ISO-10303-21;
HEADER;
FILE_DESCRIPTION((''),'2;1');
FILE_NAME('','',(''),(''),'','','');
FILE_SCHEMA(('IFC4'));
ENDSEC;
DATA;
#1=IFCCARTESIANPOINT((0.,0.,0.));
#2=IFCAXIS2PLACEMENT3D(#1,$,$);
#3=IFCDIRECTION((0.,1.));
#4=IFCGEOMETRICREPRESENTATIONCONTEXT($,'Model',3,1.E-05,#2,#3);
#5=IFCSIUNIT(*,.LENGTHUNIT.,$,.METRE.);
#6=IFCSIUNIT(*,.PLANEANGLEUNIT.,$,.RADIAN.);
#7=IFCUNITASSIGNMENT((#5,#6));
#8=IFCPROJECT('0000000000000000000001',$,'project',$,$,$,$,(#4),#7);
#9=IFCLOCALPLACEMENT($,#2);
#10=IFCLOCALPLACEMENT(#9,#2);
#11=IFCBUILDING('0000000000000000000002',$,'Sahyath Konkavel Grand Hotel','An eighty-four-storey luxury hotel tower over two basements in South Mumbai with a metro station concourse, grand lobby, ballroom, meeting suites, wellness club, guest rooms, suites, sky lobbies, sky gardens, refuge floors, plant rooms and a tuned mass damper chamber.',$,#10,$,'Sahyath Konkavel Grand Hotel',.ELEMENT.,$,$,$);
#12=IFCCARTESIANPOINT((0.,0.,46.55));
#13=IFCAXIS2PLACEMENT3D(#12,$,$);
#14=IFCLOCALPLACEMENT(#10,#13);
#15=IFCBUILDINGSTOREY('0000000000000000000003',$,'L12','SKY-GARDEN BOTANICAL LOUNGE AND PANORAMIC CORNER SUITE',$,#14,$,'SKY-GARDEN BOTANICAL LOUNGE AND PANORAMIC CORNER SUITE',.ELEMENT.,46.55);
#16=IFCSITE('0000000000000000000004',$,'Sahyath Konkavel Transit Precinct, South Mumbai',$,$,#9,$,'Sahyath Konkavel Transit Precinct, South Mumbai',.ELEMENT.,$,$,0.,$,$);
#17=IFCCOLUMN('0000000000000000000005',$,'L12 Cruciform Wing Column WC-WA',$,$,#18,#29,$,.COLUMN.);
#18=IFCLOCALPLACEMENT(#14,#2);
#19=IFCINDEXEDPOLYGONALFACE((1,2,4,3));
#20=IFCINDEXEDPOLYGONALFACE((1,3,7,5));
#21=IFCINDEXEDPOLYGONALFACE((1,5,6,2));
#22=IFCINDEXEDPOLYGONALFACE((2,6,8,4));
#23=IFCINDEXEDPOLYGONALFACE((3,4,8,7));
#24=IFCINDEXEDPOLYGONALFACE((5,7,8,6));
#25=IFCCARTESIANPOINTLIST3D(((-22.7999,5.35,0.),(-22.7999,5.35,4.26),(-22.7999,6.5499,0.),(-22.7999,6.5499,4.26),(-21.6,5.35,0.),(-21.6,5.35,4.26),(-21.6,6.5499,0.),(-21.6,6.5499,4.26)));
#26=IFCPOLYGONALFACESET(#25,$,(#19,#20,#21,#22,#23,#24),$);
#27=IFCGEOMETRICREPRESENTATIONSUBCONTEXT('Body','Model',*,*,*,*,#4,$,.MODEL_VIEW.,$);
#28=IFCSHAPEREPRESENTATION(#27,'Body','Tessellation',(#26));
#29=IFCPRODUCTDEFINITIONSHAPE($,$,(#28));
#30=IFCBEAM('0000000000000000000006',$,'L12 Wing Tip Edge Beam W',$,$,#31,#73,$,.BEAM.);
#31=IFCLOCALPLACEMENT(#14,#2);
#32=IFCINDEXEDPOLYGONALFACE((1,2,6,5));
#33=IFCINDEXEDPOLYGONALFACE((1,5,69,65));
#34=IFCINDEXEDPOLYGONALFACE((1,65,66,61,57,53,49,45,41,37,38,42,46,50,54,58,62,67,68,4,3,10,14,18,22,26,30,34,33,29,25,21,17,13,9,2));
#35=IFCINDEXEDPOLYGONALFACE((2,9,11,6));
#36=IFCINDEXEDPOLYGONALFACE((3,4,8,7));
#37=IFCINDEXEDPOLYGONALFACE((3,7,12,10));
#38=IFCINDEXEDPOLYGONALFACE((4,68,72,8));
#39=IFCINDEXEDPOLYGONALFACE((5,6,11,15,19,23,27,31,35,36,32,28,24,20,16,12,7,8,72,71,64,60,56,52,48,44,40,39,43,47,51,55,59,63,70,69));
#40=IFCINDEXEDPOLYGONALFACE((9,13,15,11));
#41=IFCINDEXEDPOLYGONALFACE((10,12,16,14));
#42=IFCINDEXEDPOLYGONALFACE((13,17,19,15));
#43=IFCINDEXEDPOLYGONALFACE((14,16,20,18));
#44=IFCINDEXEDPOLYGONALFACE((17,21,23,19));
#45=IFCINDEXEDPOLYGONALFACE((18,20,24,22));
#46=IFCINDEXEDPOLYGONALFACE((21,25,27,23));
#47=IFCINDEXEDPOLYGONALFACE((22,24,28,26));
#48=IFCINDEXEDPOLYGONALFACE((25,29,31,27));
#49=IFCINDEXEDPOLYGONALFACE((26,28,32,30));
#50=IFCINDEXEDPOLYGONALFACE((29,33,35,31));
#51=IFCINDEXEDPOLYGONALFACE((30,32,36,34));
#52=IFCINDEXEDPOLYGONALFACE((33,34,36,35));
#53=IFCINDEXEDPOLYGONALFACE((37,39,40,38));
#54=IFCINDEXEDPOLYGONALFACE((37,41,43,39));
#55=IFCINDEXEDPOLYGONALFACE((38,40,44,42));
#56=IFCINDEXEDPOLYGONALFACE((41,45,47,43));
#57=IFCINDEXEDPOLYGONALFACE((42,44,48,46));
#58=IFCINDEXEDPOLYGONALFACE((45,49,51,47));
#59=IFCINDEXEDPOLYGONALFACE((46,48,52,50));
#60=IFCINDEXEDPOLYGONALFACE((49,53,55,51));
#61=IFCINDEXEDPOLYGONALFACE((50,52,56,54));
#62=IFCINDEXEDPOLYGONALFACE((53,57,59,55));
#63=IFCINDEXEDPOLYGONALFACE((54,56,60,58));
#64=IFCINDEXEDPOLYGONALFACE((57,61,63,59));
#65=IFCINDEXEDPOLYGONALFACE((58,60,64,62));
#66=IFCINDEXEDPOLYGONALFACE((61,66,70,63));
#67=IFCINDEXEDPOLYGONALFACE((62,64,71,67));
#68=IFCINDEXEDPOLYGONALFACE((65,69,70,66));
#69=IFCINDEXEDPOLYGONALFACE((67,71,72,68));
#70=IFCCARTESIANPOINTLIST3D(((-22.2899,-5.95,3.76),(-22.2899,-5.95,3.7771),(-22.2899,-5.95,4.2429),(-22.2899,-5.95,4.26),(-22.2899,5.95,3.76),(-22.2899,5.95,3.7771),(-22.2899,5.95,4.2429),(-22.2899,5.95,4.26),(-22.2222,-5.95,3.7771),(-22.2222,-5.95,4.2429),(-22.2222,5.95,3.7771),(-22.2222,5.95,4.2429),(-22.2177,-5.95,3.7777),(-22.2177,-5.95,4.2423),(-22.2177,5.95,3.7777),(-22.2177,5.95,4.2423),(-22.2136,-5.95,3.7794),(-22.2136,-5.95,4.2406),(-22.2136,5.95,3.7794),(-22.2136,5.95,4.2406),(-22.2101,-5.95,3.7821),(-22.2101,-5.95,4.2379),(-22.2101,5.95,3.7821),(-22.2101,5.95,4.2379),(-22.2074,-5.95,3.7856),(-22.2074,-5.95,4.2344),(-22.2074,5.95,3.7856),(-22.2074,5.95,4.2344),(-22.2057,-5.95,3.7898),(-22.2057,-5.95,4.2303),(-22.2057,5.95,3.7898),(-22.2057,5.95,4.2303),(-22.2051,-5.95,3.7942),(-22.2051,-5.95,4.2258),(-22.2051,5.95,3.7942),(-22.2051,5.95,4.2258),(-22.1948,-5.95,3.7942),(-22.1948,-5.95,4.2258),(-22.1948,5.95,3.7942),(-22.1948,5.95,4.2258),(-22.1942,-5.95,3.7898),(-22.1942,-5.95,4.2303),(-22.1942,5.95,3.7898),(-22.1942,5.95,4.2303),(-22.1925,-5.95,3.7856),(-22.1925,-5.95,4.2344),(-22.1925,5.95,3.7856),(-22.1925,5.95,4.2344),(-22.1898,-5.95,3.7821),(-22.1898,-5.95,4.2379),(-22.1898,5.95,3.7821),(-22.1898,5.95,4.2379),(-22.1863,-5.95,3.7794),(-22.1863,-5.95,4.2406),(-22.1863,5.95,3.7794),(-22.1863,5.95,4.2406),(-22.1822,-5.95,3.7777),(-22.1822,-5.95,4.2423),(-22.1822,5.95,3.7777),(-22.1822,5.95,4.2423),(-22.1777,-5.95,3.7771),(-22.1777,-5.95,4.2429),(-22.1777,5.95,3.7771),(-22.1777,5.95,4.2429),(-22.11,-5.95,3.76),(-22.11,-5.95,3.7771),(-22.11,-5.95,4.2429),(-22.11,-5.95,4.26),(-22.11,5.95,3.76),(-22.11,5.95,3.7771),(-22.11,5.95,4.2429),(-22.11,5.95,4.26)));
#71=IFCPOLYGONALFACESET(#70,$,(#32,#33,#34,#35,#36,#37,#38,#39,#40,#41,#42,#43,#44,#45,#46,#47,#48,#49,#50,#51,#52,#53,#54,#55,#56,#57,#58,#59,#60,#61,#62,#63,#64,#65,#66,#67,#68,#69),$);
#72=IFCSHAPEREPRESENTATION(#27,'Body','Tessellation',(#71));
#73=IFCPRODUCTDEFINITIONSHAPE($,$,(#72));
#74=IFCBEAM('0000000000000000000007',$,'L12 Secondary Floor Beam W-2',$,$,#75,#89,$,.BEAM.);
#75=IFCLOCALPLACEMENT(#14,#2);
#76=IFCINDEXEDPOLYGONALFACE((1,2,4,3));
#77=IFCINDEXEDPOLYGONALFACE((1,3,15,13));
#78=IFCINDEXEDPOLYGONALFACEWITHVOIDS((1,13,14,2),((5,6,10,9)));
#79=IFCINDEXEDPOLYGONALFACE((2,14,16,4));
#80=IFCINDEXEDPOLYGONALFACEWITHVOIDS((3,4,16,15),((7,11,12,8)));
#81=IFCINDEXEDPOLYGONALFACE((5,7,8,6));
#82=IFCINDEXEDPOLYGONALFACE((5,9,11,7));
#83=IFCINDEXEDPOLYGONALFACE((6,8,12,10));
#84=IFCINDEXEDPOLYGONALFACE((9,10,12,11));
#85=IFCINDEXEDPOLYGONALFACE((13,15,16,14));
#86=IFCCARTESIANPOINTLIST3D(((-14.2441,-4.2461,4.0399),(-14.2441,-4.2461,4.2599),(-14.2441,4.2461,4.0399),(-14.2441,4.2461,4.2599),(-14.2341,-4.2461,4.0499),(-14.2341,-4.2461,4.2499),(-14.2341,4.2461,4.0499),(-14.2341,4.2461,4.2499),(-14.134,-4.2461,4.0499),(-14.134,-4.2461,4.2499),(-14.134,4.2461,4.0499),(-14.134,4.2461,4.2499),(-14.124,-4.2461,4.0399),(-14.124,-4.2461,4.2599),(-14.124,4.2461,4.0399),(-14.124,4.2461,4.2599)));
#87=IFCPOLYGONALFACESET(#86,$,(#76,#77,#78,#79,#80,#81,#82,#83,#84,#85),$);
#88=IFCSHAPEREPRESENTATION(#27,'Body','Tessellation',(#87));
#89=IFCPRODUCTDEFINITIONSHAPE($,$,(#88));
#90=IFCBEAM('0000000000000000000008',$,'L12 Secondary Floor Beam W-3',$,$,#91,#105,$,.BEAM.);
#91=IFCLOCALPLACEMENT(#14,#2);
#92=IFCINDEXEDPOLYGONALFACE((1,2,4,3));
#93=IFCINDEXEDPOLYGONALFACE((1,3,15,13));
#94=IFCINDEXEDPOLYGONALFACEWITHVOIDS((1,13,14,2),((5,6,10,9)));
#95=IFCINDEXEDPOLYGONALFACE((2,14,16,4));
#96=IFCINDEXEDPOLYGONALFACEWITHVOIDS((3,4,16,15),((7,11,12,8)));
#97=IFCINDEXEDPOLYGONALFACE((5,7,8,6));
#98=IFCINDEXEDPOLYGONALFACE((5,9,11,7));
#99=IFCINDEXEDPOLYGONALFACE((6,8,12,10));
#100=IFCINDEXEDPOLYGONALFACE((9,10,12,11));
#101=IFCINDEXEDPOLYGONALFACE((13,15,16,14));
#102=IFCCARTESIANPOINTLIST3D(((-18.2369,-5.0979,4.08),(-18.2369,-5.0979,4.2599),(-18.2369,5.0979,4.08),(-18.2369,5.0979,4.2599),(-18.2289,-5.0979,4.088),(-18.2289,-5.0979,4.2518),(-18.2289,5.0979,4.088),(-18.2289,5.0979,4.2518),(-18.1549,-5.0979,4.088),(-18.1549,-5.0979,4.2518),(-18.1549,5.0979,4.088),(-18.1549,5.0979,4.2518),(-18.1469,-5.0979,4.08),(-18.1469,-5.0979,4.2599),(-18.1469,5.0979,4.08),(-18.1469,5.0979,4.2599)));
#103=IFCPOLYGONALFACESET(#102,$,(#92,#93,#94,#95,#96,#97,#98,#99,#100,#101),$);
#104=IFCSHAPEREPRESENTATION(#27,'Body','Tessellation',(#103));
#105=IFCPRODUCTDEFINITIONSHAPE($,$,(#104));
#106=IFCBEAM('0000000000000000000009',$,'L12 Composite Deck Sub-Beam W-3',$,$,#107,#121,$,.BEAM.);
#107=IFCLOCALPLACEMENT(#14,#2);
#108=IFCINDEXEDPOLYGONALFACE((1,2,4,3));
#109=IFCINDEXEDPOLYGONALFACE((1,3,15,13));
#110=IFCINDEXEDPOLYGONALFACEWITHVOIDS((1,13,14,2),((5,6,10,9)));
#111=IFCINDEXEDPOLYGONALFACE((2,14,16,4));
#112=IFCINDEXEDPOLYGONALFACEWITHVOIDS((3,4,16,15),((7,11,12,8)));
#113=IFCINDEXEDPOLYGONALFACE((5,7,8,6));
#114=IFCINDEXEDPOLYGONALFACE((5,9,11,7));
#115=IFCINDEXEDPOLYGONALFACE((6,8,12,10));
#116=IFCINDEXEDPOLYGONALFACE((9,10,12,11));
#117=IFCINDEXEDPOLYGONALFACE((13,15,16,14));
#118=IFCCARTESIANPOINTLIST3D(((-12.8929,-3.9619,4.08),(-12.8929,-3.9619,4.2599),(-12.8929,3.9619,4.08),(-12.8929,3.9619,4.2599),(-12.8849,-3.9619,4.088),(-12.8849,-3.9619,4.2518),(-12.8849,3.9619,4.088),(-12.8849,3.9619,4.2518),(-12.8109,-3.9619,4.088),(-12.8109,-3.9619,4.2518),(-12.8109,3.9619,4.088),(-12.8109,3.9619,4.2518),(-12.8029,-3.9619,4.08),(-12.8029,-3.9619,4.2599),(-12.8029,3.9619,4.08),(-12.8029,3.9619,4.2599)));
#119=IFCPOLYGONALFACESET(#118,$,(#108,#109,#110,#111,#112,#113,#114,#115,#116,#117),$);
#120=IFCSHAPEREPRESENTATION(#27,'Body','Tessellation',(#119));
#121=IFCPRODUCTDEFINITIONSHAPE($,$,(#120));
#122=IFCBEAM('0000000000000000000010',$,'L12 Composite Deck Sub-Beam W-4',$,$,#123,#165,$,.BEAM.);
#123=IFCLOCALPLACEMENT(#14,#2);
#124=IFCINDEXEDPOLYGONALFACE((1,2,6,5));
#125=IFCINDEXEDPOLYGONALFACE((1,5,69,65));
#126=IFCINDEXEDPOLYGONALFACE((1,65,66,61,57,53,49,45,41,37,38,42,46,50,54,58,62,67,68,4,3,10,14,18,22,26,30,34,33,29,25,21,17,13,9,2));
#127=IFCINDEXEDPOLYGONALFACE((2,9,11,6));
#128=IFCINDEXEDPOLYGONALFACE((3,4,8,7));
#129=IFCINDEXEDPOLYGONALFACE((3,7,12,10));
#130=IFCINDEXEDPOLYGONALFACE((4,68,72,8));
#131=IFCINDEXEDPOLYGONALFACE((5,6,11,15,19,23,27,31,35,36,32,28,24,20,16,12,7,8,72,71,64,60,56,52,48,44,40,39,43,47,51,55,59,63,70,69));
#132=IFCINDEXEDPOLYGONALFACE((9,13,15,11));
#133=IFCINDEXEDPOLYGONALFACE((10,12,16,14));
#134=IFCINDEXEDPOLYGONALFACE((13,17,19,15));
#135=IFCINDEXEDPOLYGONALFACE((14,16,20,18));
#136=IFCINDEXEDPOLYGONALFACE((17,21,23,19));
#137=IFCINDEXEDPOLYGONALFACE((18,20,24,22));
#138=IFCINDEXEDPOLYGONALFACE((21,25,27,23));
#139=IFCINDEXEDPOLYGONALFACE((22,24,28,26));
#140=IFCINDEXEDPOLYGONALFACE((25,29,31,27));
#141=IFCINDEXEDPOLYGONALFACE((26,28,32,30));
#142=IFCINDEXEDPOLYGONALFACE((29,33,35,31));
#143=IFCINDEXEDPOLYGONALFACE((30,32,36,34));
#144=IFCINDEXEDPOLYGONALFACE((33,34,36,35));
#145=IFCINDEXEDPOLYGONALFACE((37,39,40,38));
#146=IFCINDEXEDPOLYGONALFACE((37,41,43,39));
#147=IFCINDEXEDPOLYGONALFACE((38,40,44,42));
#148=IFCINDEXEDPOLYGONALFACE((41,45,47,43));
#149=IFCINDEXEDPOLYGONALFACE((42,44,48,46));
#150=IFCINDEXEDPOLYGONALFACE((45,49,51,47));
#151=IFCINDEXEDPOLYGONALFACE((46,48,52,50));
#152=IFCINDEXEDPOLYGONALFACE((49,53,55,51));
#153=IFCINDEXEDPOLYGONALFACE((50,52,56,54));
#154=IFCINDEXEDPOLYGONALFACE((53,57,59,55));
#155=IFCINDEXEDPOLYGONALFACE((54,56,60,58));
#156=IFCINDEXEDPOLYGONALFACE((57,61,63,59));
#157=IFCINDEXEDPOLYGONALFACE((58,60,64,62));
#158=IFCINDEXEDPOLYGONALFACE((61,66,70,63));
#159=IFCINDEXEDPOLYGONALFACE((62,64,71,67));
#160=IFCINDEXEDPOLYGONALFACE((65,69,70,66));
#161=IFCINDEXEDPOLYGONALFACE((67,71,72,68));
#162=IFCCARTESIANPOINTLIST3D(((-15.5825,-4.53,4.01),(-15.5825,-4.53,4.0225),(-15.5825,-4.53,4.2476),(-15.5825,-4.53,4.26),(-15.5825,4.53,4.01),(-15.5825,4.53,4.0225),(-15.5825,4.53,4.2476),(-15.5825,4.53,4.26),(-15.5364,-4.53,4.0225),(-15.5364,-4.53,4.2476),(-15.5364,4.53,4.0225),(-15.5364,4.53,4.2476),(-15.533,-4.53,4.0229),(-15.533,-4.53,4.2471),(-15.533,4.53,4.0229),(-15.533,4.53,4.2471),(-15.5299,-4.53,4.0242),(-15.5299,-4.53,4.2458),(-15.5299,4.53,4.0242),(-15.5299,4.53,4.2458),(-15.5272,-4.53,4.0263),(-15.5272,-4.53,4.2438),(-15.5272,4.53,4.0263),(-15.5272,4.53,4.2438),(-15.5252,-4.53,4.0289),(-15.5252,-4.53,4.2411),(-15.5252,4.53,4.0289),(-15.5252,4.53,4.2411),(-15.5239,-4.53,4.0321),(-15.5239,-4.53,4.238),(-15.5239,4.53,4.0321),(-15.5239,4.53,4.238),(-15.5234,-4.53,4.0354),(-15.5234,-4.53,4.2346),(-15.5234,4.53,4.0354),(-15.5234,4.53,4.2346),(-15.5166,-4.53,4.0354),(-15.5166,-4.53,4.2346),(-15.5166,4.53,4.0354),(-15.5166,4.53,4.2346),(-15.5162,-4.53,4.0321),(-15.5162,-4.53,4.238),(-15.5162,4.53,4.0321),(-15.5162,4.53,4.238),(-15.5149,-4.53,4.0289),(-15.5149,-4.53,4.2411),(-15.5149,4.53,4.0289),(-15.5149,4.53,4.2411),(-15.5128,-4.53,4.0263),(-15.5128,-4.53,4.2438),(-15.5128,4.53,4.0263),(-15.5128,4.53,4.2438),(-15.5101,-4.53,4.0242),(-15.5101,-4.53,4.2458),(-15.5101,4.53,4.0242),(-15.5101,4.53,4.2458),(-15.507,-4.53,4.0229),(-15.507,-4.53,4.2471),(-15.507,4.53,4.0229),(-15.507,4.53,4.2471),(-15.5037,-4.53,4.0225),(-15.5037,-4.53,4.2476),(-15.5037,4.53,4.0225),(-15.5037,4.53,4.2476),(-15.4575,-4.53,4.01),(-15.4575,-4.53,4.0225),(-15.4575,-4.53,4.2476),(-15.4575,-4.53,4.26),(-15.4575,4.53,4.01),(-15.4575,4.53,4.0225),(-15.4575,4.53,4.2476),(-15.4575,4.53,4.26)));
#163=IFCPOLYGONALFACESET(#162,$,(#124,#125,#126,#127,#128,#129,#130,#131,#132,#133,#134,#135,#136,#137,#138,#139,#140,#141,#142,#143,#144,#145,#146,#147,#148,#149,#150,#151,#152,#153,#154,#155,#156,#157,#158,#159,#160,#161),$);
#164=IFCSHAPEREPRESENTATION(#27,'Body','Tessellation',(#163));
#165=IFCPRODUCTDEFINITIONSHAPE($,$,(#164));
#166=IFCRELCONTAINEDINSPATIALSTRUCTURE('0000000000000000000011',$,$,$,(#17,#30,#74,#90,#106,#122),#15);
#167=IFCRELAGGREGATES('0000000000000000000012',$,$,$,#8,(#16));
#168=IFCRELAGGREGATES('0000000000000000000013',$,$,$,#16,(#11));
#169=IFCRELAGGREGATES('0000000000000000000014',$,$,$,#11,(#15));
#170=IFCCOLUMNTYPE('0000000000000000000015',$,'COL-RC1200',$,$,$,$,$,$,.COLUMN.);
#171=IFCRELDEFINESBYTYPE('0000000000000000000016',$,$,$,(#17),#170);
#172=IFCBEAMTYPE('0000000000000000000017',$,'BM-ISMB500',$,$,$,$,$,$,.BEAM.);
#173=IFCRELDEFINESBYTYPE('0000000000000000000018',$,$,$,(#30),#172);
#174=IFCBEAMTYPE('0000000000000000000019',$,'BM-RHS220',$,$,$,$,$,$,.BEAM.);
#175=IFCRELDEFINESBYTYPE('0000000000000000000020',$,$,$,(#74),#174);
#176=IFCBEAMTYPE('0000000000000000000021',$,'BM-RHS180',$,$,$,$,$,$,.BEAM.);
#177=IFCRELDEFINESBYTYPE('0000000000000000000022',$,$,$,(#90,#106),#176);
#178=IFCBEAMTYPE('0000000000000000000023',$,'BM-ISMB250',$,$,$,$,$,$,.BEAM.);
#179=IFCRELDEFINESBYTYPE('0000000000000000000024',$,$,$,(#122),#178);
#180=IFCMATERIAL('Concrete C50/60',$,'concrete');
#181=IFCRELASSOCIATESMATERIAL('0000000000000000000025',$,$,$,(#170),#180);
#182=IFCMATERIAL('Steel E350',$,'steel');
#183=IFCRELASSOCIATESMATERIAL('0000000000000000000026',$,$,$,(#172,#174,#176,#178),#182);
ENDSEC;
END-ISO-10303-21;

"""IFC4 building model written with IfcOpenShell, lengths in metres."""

from ifc_helpers import new_model, si_unit, direction, frame, origin, origin_2d, place, context, subcontext, project, spatial, rectangle, hollow_rectangle, i_section, extrude, source, transform, mapped, material, material_profile, profile_set, type_object, element, save


model = new_model("IFC4")

# Units and contexts
model_context = context("Model", 3, precision=1e-05, world=origin(), true_north=direction((0.0, 1.0)))
body_context = subcontext(model_context, "Body", "Model", "MODEL_VIEW")
ifc_project = project(units=[si_unit("LENGTHUNIT", "METRE"), si_unit("PLANEANGLEUNIT", "RADIAN")], contexts=[model_context])

# Site, building, storey
site_placement = place(None, origin())
site = spatial("IfcSite", under=ifc_project, at=site_placement, Name="Sahyath Konkavel Transit Precinct, South Mumbai", LongName="Sahyath Konkavel Transit Precinct, South Mumbai", CompositionType="ELEMENT", RefElevation=0.0)
building_placement = place(site_placement, origin())
building = spatial("IfcBuilding", under=site, at=building_placement, Name="Sahyath Konkavel Grand Hotel", Description="An eighty-four-storey luxury hotel tower over two basements in South Mumbai with a metro station concourse, grand lobby, ballroom, meeting suites, wellness club, guest rooms, suites, sky lobbies, sky gardens, refuge floors, plant rooms and a tuned mass damper chamber.", LongName="Sahyath Konkavel Grand Hotel", CompositionType="ELEMENT")
storey_placement = place(building_placement, frame((0.0, 0.0, 46.55)))
storey = spatial("IfcBuildingStorey", under=building, at=storey_placement, Name="L12", Description="SKY-GARDEN BOTANICAL LOUNGE AND PANORAMIC CORNER SUITE", LongName="SKY-GARDEN BOTANICAL LOUNGE AND PANORAMIC CORNER SUITE", CompositionType="ELEMENT", Elevation=46.55)

# Column
ifc_material_1 = material(Name="Concrete C50/60", Category="concrete")
ifc_material_profile_1 = material_profile(ifc_material_1, rectangle(XDim=1.2, YDim=1.2, at=origin_2d()), Name="RC 1200x1200")
ifc_profile_set_1 = profile_set([ifc_material_profile_1], Name="Concrete C50/60")
column_type = type_object("IfcColumnType", Name="COL-RC1200", PredefinedType="COLUMN", material=ifc_profile_set_1)
shared_shape_1 = source(origin(), body_context, "Body", "SweptSolid", [
    extrude(rectangle(XDim=1.2, YDim=1.2, at=origin_2d()), origin(), (0.0, 0.0, 1.0), 4.26),
])
column_placement = place(storey_placement, frame((-22.2, 5.95, 0.0), z_axis=(0.0, 0.0, 1.0), x_axis=(1.0, 0.0, 0.0)))
element("IfcColumn", 1, at=column_placement, inside=storey, type_object=column_type, Name="L12 Cruciform Wing Column WC-WA", PredefinedType="COLUMN", context=body_context, shape_type="MappedRepresentation", body=[
    mapped(shared_shape_1, transform((0.0, 0.0, 0.0), scale=1.0)),
])

# Beams
ifc_material_2 = material(Name="Steel E350", Category="steel")
ifc_material_profile_2 = material_profile(ifc_material_2, i_section(OverallWidth=0.1799, OverallDepth=0.5, WebThickness=0.0103, FlangeThickness=0.0171, FilletRadius=0.0171, at=origin_2d()), Name="ISMB 500")
ifc_profile_set_2 = profile_set([ifc_material_profile_2], Name="Steel E350")
beam_type_1 = type_object("IfcBeamType", Name="BM-ISMB500", PredefinedType="BEAM", material=ifc_profile_set_2)
shared_shape_2 = source(origin(), body_context, "Body", "SweptSolid", [
    extrude(i_section(OverallWidth=0.1799, OverallDepth=0.5, WebThickness=0.0103, FlangeThickness=0.0171, FilletRadius=0.0171, at=origin_2d()), origin(), (0.0, 0.0, 1.0), 11.8999),
])
beam_1_placement = place(storey_placement, frame((-22.2, 5.95, 4.01), z_axis=(0.0, -1.0, 0.0), x_axis=(1.0, 0.0, 0.0)))
element("IfcBeam", 2, at=beam_1_placement, inside=storey, type_object=beam_type_1, Name="L12 Wing Tip Edge Beam W", PredefinedType="BEAM", context=body_context, shape_type="MappedRepresentation", body=[
    mapped(shared_shape_2, transform((0.0, 0.0, 0.0), scale=1.0)),
])
ifc_material_profile_3 = material_profile(ifc_material_2, hollow_rectangle(XDim=0.1201, YDim=0.22, WallThickness=0.01, at=origin_2d()), Name="RHS 220x120x10")
ifc_profile_set_3 = profile_set([ifc_material_profile_3], Name="Steel E350")
beam_type_2 = type_object("IfcBeamType", Name="BM-RHS220", PredefinedType="BEAM", material=ifc_profile_set_3)
shared_shape_3 = source(origin(), body_context, "Body", "SweptSolid", [
    extrude(hollow_rectangle(XDim=0.1201, YDim=0.22, WallThickness=0.01, at=origin_2d()), origin(), (0.0, 0.0, 1.0), 8.4922),
])
beam_2_placement = place(storey_placement, frame((-14.1841, 4.2461, 4.1499), z_axis=(0.0, -1.0, 0.0), x_axis=(1.0, 0.0, 0.0)))
element("IfcBeam", 3, at=beam_2_placement, inside=storey, type_object=beam_type_2, Name="L12 Secondary Floor Beam W-2", PredefinedType="BEAM", context=body_context, shape_type="MappedRepresentation", body=[
    mapped(shared_shape_3, transform((0.0, 0.0, 0.0), scale=1.0)),
])
ifc_material_profile_4 = material_profile(ifc_material_2, hollow_rectangle(XDim=0.0901, YDim=0.1799, WallThickness=0.0081, at=origin_2d()), Name="RHS 180x90x8")
ifc_profile_set_4 = profile_set([ifc_material_profile_4], Name="Steel E350")
beam_type_3 = type_object("IfcBeamType", Name="BM-RHS180", PredefinedType="BEAM", material=ifc_profile_set_4)
shared_shape_4 = source(origin(), body_context, "Body", "SweptSolid", [
    extrude(hollow_rectangle(XDim=0.0901, YDim=0.1799, WallThickness=0.0081, at=origin_2d()), origin(), (0.0, 0.0, 1.0), 10.1958),
])
beam_3_placement = place(storey_placement, frame((-18.1919, 5.0979, 4.1699), z_axis=(0.0, -1.0, 0.0), x_axis=(1.0, 0.0, 0.0)))
element("IfcBeam", 4, at=beam_3_placement, inside=storey, type_object=beam_type_3, Name="L12 Secondary Floor Beam W-3", PredefinedType="BEAM", context=body_context, shape_type="MappedRepresentation", body=[
    mapped(shared_shape_4, transform((0.0, 0.0, 0.0), scale=1.0)),
])
shared_shape_5 = source(origin(), body_context, "Body", "SweptSolid", [
    extrude(hollow_rectangle(XDim=0.0901, YDim=0.1799, WallThickness=0.0081, at=origin_2d()), origin(), (0.0, 0.0, 1.0), 7.9238),
])
beam_4_placement = place(storey_placement, frame((-12.8479, 3.9619, 4.1699), z_axis=(0.0, -1.0, 0.0), x_axis=(1.0, 0.0, 0.0)))
element("IfcBeam", 5, at=beam_4_placement, inside=storey, type_object=beam_type_3, Name="L12 Composite Deck Sub-Beam W-3", PredefinedType="BEAM", context=body_context, shape_type="MappedRepresentation", body=[
    mapped(shared_shape_5, transform((0.0, 0.0, 0.0), scale=1.0)),
])
ifc_material_profile_5 = material_profile(ifc_material_2, i_section(OverallWidth=0.125, OverallDepth=0.25, WebThickness=0.0068, FlangeThickness=0.0125, FilletRadius=0.0129, at=origin_2d()), Name="ISMB 250")
ifc_profile_set_5 = profile_set([ifc_material_profile_5], Name="Steel E350")
beam_type_4 = type_object("IfcBeamType", Name="BM-ISMB250", PredefinedType="BEAM", material=ifc_profile_set_5)
shared_shape_6 = source(origin(), body_context, "Body", "SweptSolid", [
    extrude(i_section(OverallWidth=0.125, OverallDepth=0.25, WebThickness=0.0068, FlangeThickness=0.0125, FilletRadius=0.0129, at=origin_2d()), origin(), (0.0, 0.0, 1.0), 9.0601),
])
beam_5_placement = place(storey_placement, frame((-15.52, 4.53, 4.135), z_axis=(0.0, -1.0, 0.0), x_axis=(1.0, 0.0, 0.0)))
element("IfcBeam", 6, at=beam_5_placement, inside=storey, type_object=beam_type_4, Name="L12 Composite Deck Sub-Beam W-4", PredefinedType="BEAM", context=body_context, shape_type="MappedRepresentation", body=[
    mapped(shared_shape_6, transform((0.0, 0.0, 0.0), scale=1.0)),
])

save(model, "model.ifc")
